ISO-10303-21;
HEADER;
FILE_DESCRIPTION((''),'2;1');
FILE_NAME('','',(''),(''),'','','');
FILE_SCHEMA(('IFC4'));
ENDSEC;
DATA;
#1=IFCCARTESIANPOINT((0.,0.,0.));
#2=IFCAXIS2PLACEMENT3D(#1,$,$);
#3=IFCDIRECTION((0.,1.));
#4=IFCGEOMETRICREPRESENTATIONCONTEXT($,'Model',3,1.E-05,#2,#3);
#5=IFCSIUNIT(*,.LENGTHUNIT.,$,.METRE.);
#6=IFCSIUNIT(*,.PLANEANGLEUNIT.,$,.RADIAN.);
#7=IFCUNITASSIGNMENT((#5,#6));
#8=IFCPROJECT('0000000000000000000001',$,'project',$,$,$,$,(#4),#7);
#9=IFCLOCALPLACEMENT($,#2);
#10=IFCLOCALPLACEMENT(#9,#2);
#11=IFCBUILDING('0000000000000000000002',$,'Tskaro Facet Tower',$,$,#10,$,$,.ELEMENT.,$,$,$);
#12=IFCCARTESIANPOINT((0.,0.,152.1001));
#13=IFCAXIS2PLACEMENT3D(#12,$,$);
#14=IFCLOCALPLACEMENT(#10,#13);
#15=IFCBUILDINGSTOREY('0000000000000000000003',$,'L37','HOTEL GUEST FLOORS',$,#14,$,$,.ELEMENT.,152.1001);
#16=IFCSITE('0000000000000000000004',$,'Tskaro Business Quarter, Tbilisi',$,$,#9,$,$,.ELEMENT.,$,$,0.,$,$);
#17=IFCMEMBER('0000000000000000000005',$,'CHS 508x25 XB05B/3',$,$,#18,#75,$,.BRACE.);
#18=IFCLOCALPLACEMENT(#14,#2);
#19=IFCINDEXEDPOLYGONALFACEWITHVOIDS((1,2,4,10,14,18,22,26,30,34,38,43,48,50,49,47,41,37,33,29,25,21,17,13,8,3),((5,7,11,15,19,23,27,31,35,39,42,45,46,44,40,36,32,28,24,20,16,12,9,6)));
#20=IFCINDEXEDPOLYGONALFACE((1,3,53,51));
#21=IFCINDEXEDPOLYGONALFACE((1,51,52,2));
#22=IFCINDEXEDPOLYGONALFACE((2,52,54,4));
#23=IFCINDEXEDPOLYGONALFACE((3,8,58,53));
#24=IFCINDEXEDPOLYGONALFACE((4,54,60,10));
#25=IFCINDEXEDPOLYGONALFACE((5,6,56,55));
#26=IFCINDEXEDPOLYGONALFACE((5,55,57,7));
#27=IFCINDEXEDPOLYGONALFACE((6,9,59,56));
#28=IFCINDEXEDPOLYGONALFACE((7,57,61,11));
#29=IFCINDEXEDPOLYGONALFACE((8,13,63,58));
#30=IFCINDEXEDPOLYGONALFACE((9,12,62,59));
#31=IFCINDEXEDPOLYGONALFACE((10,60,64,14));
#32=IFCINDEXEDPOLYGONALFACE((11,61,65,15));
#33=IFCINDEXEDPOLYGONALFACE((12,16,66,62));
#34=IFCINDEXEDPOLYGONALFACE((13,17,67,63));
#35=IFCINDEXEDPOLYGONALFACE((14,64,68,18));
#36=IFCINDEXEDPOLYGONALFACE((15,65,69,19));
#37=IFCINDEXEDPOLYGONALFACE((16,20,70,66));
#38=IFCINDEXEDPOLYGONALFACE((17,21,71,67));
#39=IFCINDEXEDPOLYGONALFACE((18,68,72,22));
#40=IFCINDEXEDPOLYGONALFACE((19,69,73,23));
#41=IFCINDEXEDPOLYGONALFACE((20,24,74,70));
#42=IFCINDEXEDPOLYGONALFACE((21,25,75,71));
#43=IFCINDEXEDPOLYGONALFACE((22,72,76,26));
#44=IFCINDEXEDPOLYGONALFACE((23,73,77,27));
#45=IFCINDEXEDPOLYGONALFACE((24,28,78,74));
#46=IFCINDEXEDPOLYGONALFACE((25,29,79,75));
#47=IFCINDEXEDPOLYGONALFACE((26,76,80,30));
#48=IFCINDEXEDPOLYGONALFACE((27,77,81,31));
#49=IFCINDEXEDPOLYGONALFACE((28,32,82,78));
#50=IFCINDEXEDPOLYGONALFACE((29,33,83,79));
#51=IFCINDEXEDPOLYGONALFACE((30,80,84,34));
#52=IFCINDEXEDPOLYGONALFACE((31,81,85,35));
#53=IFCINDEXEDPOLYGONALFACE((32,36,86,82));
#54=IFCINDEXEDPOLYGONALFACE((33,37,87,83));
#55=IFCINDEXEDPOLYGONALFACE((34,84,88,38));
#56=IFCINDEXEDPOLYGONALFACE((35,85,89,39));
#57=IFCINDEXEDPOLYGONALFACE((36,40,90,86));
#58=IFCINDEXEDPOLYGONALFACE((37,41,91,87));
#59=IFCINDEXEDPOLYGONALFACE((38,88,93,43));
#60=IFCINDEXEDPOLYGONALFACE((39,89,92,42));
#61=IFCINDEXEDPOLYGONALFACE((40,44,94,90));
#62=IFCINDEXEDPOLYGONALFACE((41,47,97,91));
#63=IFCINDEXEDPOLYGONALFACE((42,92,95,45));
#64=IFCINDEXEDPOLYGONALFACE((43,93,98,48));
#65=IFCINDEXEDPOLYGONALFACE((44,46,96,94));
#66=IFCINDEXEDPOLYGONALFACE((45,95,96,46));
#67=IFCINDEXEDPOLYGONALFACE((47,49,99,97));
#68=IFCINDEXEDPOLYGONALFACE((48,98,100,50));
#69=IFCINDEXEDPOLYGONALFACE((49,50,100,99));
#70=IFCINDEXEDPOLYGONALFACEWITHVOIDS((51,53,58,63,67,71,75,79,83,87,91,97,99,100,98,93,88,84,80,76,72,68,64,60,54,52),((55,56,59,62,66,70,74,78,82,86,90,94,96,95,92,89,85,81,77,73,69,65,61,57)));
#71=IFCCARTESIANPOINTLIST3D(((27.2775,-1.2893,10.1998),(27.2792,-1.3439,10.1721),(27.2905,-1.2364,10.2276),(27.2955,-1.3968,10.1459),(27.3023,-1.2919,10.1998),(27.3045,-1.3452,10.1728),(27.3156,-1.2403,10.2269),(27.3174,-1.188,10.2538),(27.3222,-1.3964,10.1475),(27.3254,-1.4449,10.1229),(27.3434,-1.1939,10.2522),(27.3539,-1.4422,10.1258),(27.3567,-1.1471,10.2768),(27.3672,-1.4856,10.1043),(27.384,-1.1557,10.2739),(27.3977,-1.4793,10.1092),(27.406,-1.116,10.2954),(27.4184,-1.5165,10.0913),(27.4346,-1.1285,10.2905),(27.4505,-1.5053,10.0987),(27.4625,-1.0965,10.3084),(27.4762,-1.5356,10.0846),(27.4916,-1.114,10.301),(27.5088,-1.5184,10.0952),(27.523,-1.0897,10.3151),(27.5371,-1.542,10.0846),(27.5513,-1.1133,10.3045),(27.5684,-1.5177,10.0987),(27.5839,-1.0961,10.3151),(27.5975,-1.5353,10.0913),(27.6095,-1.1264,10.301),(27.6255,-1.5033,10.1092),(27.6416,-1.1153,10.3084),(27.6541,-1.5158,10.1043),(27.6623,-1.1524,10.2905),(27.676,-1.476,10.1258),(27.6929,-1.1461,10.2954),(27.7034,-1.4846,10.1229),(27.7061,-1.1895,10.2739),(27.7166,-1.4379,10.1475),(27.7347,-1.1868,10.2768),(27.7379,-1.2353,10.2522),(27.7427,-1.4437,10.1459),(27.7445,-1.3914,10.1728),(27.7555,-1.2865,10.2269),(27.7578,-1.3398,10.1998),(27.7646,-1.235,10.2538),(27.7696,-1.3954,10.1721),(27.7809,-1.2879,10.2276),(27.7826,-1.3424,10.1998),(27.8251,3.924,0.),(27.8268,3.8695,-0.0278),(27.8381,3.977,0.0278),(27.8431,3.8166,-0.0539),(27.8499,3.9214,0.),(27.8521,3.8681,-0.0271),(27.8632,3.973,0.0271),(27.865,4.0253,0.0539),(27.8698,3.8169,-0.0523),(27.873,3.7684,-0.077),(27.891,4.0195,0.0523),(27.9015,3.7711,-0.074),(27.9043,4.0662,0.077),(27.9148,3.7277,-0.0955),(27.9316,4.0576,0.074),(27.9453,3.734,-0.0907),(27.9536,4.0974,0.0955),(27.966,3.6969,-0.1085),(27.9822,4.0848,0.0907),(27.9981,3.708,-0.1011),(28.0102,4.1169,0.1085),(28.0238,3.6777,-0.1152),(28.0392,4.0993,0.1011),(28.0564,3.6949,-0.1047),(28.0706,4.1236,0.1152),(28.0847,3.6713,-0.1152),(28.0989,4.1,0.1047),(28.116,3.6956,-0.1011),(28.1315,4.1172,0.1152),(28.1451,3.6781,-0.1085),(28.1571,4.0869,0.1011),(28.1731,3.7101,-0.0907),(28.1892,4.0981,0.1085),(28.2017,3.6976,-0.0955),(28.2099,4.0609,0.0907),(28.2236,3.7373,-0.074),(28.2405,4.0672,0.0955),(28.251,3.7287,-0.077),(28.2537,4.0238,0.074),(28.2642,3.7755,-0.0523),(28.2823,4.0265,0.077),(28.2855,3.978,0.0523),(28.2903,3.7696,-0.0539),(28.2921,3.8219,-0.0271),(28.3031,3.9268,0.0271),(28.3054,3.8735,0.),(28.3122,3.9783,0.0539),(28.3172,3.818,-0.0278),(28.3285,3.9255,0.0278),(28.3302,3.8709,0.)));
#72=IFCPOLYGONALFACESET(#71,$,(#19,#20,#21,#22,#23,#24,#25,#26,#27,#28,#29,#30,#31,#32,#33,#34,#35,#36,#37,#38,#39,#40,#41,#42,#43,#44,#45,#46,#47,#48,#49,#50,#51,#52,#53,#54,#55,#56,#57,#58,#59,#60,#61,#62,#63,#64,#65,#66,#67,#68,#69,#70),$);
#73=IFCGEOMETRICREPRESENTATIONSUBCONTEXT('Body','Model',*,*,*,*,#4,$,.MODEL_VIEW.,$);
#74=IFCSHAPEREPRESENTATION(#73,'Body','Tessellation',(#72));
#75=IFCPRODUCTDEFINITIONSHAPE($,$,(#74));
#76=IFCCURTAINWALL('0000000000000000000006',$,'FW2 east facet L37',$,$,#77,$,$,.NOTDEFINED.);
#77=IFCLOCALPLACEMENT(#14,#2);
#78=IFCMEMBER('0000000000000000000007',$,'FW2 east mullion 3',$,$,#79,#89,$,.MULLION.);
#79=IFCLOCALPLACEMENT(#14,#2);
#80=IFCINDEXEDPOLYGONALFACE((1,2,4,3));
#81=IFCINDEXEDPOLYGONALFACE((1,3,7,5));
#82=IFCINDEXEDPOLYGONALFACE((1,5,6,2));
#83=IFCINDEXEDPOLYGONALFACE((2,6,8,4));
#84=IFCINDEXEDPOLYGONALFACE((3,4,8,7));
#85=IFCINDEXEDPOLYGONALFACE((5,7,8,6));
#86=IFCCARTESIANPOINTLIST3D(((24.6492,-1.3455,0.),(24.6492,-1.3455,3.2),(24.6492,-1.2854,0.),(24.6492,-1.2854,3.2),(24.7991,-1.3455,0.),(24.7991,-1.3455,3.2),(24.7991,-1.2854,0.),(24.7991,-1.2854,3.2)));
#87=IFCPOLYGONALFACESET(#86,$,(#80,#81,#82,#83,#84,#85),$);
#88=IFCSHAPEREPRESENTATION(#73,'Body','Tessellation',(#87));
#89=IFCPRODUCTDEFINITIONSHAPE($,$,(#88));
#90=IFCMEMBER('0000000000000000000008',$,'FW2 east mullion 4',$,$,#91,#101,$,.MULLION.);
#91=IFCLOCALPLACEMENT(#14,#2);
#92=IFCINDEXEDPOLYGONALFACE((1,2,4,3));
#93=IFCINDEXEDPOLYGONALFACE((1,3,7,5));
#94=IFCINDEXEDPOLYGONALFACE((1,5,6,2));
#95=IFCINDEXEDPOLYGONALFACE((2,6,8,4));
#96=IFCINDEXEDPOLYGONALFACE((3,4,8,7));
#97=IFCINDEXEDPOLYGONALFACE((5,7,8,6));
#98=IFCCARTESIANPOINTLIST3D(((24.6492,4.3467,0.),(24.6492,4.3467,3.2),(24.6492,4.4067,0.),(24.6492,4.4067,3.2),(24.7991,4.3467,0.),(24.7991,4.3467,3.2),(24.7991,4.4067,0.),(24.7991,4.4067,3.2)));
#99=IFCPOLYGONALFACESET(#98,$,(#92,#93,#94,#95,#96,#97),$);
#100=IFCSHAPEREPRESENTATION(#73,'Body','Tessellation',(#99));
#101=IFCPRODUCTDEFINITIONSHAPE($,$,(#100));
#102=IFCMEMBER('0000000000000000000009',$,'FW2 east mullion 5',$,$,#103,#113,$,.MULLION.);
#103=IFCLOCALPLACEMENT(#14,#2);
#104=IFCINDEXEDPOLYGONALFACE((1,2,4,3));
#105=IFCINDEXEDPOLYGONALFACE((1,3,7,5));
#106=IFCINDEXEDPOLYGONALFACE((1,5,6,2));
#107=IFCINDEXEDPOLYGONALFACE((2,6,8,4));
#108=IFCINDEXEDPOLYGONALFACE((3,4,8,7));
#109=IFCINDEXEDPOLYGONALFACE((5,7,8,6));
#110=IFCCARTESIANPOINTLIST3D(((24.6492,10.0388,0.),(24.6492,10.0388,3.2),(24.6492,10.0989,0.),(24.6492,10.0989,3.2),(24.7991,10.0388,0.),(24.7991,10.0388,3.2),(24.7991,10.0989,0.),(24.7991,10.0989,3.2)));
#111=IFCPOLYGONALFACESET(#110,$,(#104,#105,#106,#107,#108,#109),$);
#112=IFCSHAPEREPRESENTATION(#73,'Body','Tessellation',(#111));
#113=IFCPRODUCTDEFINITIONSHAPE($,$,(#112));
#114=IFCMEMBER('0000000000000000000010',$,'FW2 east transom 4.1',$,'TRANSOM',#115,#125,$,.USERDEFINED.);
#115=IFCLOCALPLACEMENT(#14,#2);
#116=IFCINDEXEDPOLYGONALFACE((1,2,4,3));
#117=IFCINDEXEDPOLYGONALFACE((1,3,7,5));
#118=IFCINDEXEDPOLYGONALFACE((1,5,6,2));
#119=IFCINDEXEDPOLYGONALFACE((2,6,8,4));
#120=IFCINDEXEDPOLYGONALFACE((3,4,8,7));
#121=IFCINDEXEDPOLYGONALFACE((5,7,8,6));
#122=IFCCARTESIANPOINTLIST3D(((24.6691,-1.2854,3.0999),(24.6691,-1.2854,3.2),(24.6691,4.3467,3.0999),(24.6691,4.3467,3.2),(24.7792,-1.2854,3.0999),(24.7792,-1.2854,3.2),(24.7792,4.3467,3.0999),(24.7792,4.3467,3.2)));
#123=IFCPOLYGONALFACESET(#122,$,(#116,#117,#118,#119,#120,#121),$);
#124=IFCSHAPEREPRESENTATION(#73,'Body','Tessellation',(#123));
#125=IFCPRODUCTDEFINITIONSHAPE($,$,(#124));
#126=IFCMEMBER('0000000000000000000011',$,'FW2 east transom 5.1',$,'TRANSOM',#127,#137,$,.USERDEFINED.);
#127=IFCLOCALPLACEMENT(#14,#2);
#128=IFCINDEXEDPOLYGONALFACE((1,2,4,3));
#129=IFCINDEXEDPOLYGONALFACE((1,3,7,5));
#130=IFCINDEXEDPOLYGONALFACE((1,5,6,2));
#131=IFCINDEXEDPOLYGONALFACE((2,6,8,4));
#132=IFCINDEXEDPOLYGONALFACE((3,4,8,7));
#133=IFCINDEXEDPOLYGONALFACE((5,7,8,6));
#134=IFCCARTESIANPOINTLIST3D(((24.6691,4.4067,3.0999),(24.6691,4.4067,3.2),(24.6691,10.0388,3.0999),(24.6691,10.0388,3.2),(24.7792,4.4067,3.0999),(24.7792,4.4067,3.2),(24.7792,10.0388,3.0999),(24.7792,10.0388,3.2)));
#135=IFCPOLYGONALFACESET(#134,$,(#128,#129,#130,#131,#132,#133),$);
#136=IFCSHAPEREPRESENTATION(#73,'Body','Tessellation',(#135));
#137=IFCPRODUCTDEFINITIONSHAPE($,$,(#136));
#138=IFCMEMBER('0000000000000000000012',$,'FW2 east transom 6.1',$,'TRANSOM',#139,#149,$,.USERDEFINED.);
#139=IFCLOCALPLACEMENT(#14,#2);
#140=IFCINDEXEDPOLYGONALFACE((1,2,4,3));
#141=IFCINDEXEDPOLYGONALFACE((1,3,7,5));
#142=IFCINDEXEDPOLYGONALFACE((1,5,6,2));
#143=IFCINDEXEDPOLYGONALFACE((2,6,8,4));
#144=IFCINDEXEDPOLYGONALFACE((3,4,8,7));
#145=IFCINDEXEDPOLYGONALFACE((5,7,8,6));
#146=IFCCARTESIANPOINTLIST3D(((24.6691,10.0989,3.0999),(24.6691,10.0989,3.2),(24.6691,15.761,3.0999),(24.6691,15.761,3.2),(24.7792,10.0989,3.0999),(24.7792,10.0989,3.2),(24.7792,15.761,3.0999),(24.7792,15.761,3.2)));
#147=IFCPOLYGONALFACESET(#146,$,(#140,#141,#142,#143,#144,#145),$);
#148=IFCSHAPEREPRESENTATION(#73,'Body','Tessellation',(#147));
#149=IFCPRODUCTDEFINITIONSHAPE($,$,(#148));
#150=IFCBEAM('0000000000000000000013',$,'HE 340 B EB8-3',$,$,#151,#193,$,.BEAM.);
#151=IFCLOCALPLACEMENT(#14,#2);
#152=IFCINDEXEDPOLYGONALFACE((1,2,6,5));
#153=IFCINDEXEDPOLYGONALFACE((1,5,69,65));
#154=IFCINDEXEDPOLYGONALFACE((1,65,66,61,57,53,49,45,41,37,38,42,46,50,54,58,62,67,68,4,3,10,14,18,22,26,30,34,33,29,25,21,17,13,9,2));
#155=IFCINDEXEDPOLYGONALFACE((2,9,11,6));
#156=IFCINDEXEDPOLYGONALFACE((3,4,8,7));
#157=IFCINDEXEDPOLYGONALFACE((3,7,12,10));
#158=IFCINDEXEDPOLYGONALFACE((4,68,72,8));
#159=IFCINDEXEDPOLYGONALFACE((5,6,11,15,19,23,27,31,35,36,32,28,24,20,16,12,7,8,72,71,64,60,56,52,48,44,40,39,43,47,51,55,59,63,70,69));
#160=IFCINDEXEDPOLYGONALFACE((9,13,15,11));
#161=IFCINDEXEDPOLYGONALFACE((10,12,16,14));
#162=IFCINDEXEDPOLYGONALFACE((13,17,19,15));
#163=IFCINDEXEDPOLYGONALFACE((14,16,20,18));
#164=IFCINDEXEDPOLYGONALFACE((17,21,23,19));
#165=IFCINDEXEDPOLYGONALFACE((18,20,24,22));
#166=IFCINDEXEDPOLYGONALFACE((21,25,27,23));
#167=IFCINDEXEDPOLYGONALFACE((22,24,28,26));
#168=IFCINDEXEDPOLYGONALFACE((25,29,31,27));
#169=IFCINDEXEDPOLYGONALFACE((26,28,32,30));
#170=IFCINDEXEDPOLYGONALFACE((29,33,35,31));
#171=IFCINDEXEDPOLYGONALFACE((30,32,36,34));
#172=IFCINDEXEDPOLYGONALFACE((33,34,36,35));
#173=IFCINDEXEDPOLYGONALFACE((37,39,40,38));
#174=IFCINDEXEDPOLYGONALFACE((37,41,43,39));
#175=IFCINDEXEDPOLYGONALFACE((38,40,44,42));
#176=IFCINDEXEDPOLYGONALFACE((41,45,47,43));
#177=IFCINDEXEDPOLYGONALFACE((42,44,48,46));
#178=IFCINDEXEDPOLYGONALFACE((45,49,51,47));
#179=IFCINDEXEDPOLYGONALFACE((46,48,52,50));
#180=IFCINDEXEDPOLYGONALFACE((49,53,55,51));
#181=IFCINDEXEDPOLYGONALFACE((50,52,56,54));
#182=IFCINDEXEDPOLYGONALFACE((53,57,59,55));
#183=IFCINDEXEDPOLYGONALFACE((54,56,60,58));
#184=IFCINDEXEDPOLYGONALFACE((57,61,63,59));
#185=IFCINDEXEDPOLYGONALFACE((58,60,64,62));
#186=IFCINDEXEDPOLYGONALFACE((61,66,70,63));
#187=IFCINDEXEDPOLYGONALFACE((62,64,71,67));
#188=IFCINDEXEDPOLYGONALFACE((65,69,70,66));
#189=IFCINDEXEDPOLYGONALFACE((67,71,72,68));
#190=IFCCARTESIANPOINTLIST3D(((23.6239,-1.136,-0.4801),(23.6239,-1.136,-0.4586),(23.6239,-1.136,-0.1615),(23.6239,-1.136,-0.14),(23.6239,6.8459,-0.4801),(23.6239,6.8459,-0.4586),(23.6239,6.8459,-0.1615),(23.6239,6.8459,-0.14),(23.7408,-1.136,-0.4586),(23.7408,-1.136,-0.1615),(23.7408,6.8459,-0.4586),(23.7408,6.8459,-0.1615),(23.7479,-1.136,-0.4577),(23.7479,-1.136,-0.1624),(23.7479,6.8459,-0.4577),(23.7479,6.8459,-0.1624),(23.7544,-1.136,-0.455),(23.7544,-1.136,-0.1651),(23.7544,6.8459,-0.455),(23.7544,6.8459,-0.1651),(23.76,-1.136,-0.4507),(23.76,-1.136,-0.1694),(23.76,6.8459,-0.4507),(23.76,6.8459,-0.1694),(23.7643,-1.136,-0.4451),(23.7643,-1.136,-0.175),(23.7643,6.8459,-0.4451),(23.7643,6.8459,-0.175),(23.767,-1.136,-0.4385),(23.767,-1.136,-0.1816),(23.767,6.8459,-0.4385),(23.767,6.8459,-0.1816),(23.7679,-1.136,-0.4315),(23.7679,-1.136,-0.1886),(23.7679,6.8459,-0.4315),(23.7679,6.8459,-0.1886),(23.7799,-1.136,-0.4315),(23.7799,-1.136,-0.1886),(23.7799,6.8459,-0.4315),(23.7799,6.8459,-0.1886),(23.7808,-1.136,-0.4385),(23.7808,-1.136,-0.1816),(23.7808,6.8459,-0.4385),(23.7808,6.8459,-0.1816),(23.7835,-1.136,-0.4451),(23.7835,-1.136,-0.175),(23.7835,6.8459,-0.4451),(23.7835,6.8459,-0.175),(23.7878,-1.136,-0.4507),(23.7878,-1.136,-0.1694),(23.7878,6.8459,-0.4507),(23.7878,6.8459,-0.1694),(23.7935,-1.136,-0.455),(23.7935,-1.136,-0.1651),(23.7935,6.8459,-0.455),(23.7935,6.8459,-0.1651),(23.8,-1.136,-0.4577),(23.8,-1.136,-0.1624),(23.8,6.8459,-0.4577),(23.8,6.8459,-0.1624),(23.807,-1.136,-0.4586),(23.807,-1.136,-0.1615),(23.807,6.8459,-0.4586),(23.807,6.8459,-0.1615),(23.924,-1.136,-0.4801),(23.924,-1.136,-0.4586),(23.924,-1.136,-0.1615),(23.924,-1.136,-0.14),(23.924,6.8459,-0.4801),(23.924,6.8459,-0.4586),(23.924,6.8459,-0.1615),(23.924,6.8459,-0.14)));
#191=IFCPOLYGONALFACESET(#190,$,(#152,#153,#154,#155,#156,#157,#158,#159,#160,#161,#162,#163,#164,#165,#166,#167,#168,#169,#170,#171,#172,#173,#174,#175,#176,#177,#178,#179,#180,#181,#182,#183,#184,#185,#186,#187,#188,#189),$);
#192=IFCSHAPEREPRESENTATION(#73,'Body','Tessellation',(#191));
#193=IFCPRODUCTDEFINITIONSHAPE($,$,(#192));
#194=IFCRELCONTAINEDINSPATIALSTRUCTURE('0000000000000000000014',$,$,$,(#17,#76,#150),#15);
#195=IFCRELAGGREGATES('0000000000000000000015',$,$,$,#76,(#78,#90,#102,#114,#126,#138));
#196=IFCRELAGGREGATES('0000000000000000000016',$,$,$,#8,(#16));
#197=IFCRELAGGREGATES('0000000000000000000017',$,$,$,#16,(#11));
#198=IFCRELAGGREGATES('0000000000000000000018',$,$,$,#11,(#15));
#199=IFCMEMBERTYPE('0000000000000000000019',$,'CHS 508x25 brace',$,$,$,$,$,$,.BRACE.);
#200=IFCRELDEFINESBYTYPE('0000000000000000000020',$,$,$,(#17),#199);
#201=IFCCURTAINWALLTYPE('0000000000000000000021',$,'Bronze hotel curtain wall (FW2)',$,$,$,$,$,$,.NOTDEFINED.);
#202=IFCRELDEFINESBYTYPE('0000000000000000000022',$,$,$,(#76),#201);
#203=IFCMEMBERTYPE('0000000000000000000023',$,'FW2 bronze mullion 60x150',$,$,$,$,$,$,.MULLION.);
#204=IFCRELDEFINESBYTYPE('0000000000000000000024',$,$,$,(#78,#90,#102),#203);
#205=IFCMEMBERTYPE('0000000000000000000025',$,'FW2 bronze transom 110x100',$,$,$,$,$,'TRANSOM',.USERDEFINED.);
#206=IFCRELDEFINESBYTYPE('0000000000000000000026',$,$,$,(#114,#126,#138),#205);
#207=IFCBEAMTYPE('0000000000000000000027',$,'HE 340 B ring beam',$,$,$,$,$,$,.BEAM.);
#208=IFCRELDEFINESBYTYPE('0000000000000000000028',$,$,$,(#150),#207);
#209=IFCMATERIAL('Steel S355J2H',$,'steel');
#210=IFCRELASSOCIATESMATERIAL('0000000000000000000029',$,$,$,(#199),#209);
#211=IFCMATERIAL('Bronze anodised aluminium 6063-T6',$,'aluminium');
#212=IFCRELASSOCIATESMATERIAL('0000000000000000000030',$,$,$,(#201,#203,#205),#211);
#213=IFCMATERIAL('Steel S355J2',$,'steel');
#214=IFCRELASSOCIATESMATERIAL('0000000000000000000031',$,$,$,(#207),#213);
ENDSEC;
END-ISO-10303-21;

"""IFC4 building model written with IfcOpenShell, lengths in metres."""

from ifc_helpers import new_model, si_unit, direction, frame, origin, origin_2d, place, context, subcontext, project, spatial, rectangle, hollow_circle, i_section, extrude, material, material_profile, profile_set, type_object, element, aggregate, save


model = new_model("IFC4")

# Units and contexts
model_context = context("Model", 3, precision=1e-05, world=origin(), true_north=direction((0.0, 1.0)))
body_context = subcontext(model_context, "Body", "Model", "MODEL_VIEW")
ifc_project = project(units=[si_unit("LENGTHUNIT", "METRE"), si_unit("PLANEANGLEUNIT", "RADIAN")], contexts=[model_context])

# Site, building, storey
site_placement = place(None, origin())
site = spatial("IfcSite", under=ifc_project, at=site_placement, Name="Tskaro Business Quarter, Tbilisi", CompositionType="ELEMENT", RefElevation=0.0)
building_placement = place(site_placement, origin())
building = spatial("IfcBuilding", under=site, at=building_placement, Name="Tskaro Facet Tower", CompositionType="ELEMENT")
storey_placement = place(building_placement, frame((0.0, 0.0, 152.1001)))
storey = spatial("IfcBuildingStorey", under=building, at=storey_placement, Name="L37", Description="HOTEL GUEST FLOORS", CompositionType="ELEMENT", Elevation=152.1001)

# Shared definitions
ifc_material_1 = material(Name="Steel S355J2H", Category="steel")

# Member
ifc_material_profile_1 = material_profile(ifc_material_1, hollow_circle(Radius=0.2539, WallThickness=0.0249, at=origin_2d()), Name="CHS 508x25")
ifc_profile_set_1 = profile_set([ifc_material_profile_1], Name="Steel S355J2H")
member_type_1 = type_object("IfcMemberType", Name="CHS 508x25 brace", PredefinedType="BRACE", material=ifc_profile_set_1)
member_1_placement = place(storey_placement, frame((28.0776, 3.8975, 0.0), z_axis=(-0.04775, -0.454597, 0.889416), x_axis=(0.994529, -0.104464, 0.0)))
element("IfcMember", 1, at=member_1_placement, inside=storey, type_object=member_type_1, Name="CHS 508x25 XB05B/3", PredefinedType="BRACE", context=body_context, shape_type="SweptSolid", body=[
    extrude(hollow_circle(Radius=0.2539, WallThickness=0.0249, at=origin_2d()), origin(), (0.0, 0.0, 1.0), 11.468),
])

# Curtain wall, members
ifc_material_2 = material(Name="Bronze anodised aluminium 6063-T6", Category="aluminium")
curtain_wall_type = type_object("IfcCurtainWallType", Name="Bronze hotel curtain wall (FW2)", PredefinedType="NOTDEFINED", material=ifc_material_2)
curtain_wall_placement = place(storey_placement, origin())
curtain_wall = element("IfcCurtainWall", 2, at=curtain_wall_placement, inside=storey, type_object=curtain_wall_type, Name="FW2 east facet L37", PredefinedType="NOTDEFINED")
ifc_material_profile_2 = material_profile(ifc_material_2, rectangle(XDim=0.0601, YDim=0.1499, at=origin_2d()), Name="Mullion 60x150")
ifc_profile_set_2 = profile_set([ifc_material_profile_2], Name="Bronze anodised aluminium 6063-T6")
member_type_2 = type_object("IfcMemberType", Name="FW2 bronze mullion 60x150", PredefinedType="MULLION", material=ifc_profile_set_2)
member_2_placement = place(storey_placement, frame((24.7241, -1.3154, 0.0), z_axis=(0.0, 0.0, 1.0), x_axis=(0.0, 1.0, 0.0)))
member_2 = element("IfcMember", 3, at=member_2_placement, type_object=member_type_2, Name="FW2 east mullion 3", PredefinedType="MULLION", context=body_context, shape_type="SweptSolid", body=[
    extrude(rectangle(XDim=0.0601, YDim=0.1499, at=origin_2d()), origin(), (0.0, 0.0, 1.0), 3.2),
])
member_3_placement = place(storey_placement, frame((24.7241, 4.3767, 0.0), z_axis=(0.0, 0.0, 1.0), x_axis=(0.0, 1.0, 0.0)))
member_3 = element("IfcMember", 4, at=member_3_placement, type_object=member_type_2, Name="FW2 east mullion 4", PredefinedType="MULLION", context=body_context, shape_type="SweptSolid", body=[
    extrude(rectangle(XDim=0.0601, YDim=0.1499, at=origin_2d()), origin(), (0.0, 0.0, 1.0), 3.2),
])
member_4_placement = place(storey_placement, frame((24.7241, 10.0688, 0.0), z_axis=(0.0, 0.0, 1.0), x_axis=(0.0, 1.0, 0.0)))
member_4 = element("IfcMember", 5, at=member_4_placement, type_object=member_type_2, Name="FW2 east mullion 5", PredefinedType="MULLION", context=body_context, shape_type="SweptSolid", body=[
    extrude(rectangle(XDim=0.0601, YDim=0.1499, at=origin_2d()), origin(), (0.0, 0.0, 1.0), 3.2),
])
ifc_material_profile_3 = material_profile(ifc_material_2, rectangle(XDim=0.1101, YDim=0.1001, at=origin_2d()), Name="Transom 110x100")
ifc_profile_set_3 = profile_set([ifc_material_profile_3], Name="Bronze anodised aluminium 6063-T6")
member_type_3 = type_object("IfcMemberType", Name="FW2 bronze transom 110x100", ElementType="TRANSOM", PredefinedType="USERDEFINED", material=ifc_profile_set_3)
member_5_placement = place(storey_placement, frame((24.7241, -1.2854, 3.1499), z_axis=(0.0, 1.0, 0.0), x_axis=(-1.0, 0.0, 0.0)))
member_5 = element("IfcMember", 6, at=member_5_placement, type_object=member_type_3, Name="FW2 east transom 4.1", ObjectType="TRANSOM", PredefinedType="USERDEFINED", context=body_context, shape_type="SweptSolid", body=[
    extrude(rectangle(XDim=0.1101, YDim=0.1001, at=origin_2d()), origin(), (0.0, 0.0, 1.0), 5.6321),
])
member_6_placement = place(storey_placement, frame((24.7241, 4.4067, 3.1499), z_axis=(0.0, 1.0, 0.0), x_axis=(-1.0, 0.0, 0.0)))
member_6 = element("IfcMember", 7, at=member_6_placement, type_object=member_type_3, Name="FW2 east transom 5.1", ObjectType="TRANSOM", PredefinedType="USERDEFINED", context=body_context, shape_type="SweptSolid", body=[
    extrude(rectangle(XDim=0.1101, YDim=0.1001, at=origin_2d()), origin(), (0.0, 0.0, 1.0), 5.6321),
])
member_7_placement = place(storey_placement, frame((24.7241, 10.0989, 3.1499), z_axis=(0.0, 1.0, 0.0), x_axis=(-1.0, 0.0, 0.0)))
member_7 = element("IfcMember", 8, at=member_7_placement, type_object=member_type_3, Name="FW2 east transom 6.1", ObjectType="TRANSOM", PredefinedType="USERDEFINED", context=body_context, shape_type="SweptSolid", body=[
    extrude(rectangle(XDim=0.1101, YDim=0.1001, at=origin_2d()), origin(), (0.0, 0.0, 1.0), 5.6621),
])

# Beam
ifc_material_3 = material(Name="Steel S355J2", Category="steel")
ifc_material_profile_4 = material_profile(ifc_material_3, i_section(OverallWidth=0.3, OverallDepth=0.3401, WebThickness=0.012, FlangeThickness=0.0215, FilletRadius=0.0271, at=origin_2d()), Name="HE 340 B")
ifc_profile_set_4 = profile_set([ifc_material_profile_4], Name="Steel S355J2")
beam_type_1 = type_object("IfcBeamType", Name="HE 340 B ring beam", PredefinedType="BEAM", material=ifc_profile_set_4)
for number, where, z_axis, x_axis, name in (
    (9, (23.7739, -1.136, -0.3101), (0.0, 1.0, 0.0), (-1.0, 0.0, 0.0), "HE 340 B EB8-3"),
):
    element("IfcBeam", number, at=place(storey_placement, frame(where, z_axis=z_axis, x_axis=x_axis)), inside=storey, type_object=beam_type_1, Name=name, PredefinedType="BEAM", context=body_context, shape_type="SweptSolid", body=[
        extrude(i_section(OverallWidth=0.3, OverallDepth=0.3401, WebThickness=0.012, FlangeThickness=0.0215, FilletRadius=0.0271, at=origin_2d()), origin(), (0.0, 0.0, 1.0), 7.9819),
    ])

aggregate(curtain_wall, [member_2, member_3, member_4, member_5, member_6, member_7])

save(model, "model.ifc")
